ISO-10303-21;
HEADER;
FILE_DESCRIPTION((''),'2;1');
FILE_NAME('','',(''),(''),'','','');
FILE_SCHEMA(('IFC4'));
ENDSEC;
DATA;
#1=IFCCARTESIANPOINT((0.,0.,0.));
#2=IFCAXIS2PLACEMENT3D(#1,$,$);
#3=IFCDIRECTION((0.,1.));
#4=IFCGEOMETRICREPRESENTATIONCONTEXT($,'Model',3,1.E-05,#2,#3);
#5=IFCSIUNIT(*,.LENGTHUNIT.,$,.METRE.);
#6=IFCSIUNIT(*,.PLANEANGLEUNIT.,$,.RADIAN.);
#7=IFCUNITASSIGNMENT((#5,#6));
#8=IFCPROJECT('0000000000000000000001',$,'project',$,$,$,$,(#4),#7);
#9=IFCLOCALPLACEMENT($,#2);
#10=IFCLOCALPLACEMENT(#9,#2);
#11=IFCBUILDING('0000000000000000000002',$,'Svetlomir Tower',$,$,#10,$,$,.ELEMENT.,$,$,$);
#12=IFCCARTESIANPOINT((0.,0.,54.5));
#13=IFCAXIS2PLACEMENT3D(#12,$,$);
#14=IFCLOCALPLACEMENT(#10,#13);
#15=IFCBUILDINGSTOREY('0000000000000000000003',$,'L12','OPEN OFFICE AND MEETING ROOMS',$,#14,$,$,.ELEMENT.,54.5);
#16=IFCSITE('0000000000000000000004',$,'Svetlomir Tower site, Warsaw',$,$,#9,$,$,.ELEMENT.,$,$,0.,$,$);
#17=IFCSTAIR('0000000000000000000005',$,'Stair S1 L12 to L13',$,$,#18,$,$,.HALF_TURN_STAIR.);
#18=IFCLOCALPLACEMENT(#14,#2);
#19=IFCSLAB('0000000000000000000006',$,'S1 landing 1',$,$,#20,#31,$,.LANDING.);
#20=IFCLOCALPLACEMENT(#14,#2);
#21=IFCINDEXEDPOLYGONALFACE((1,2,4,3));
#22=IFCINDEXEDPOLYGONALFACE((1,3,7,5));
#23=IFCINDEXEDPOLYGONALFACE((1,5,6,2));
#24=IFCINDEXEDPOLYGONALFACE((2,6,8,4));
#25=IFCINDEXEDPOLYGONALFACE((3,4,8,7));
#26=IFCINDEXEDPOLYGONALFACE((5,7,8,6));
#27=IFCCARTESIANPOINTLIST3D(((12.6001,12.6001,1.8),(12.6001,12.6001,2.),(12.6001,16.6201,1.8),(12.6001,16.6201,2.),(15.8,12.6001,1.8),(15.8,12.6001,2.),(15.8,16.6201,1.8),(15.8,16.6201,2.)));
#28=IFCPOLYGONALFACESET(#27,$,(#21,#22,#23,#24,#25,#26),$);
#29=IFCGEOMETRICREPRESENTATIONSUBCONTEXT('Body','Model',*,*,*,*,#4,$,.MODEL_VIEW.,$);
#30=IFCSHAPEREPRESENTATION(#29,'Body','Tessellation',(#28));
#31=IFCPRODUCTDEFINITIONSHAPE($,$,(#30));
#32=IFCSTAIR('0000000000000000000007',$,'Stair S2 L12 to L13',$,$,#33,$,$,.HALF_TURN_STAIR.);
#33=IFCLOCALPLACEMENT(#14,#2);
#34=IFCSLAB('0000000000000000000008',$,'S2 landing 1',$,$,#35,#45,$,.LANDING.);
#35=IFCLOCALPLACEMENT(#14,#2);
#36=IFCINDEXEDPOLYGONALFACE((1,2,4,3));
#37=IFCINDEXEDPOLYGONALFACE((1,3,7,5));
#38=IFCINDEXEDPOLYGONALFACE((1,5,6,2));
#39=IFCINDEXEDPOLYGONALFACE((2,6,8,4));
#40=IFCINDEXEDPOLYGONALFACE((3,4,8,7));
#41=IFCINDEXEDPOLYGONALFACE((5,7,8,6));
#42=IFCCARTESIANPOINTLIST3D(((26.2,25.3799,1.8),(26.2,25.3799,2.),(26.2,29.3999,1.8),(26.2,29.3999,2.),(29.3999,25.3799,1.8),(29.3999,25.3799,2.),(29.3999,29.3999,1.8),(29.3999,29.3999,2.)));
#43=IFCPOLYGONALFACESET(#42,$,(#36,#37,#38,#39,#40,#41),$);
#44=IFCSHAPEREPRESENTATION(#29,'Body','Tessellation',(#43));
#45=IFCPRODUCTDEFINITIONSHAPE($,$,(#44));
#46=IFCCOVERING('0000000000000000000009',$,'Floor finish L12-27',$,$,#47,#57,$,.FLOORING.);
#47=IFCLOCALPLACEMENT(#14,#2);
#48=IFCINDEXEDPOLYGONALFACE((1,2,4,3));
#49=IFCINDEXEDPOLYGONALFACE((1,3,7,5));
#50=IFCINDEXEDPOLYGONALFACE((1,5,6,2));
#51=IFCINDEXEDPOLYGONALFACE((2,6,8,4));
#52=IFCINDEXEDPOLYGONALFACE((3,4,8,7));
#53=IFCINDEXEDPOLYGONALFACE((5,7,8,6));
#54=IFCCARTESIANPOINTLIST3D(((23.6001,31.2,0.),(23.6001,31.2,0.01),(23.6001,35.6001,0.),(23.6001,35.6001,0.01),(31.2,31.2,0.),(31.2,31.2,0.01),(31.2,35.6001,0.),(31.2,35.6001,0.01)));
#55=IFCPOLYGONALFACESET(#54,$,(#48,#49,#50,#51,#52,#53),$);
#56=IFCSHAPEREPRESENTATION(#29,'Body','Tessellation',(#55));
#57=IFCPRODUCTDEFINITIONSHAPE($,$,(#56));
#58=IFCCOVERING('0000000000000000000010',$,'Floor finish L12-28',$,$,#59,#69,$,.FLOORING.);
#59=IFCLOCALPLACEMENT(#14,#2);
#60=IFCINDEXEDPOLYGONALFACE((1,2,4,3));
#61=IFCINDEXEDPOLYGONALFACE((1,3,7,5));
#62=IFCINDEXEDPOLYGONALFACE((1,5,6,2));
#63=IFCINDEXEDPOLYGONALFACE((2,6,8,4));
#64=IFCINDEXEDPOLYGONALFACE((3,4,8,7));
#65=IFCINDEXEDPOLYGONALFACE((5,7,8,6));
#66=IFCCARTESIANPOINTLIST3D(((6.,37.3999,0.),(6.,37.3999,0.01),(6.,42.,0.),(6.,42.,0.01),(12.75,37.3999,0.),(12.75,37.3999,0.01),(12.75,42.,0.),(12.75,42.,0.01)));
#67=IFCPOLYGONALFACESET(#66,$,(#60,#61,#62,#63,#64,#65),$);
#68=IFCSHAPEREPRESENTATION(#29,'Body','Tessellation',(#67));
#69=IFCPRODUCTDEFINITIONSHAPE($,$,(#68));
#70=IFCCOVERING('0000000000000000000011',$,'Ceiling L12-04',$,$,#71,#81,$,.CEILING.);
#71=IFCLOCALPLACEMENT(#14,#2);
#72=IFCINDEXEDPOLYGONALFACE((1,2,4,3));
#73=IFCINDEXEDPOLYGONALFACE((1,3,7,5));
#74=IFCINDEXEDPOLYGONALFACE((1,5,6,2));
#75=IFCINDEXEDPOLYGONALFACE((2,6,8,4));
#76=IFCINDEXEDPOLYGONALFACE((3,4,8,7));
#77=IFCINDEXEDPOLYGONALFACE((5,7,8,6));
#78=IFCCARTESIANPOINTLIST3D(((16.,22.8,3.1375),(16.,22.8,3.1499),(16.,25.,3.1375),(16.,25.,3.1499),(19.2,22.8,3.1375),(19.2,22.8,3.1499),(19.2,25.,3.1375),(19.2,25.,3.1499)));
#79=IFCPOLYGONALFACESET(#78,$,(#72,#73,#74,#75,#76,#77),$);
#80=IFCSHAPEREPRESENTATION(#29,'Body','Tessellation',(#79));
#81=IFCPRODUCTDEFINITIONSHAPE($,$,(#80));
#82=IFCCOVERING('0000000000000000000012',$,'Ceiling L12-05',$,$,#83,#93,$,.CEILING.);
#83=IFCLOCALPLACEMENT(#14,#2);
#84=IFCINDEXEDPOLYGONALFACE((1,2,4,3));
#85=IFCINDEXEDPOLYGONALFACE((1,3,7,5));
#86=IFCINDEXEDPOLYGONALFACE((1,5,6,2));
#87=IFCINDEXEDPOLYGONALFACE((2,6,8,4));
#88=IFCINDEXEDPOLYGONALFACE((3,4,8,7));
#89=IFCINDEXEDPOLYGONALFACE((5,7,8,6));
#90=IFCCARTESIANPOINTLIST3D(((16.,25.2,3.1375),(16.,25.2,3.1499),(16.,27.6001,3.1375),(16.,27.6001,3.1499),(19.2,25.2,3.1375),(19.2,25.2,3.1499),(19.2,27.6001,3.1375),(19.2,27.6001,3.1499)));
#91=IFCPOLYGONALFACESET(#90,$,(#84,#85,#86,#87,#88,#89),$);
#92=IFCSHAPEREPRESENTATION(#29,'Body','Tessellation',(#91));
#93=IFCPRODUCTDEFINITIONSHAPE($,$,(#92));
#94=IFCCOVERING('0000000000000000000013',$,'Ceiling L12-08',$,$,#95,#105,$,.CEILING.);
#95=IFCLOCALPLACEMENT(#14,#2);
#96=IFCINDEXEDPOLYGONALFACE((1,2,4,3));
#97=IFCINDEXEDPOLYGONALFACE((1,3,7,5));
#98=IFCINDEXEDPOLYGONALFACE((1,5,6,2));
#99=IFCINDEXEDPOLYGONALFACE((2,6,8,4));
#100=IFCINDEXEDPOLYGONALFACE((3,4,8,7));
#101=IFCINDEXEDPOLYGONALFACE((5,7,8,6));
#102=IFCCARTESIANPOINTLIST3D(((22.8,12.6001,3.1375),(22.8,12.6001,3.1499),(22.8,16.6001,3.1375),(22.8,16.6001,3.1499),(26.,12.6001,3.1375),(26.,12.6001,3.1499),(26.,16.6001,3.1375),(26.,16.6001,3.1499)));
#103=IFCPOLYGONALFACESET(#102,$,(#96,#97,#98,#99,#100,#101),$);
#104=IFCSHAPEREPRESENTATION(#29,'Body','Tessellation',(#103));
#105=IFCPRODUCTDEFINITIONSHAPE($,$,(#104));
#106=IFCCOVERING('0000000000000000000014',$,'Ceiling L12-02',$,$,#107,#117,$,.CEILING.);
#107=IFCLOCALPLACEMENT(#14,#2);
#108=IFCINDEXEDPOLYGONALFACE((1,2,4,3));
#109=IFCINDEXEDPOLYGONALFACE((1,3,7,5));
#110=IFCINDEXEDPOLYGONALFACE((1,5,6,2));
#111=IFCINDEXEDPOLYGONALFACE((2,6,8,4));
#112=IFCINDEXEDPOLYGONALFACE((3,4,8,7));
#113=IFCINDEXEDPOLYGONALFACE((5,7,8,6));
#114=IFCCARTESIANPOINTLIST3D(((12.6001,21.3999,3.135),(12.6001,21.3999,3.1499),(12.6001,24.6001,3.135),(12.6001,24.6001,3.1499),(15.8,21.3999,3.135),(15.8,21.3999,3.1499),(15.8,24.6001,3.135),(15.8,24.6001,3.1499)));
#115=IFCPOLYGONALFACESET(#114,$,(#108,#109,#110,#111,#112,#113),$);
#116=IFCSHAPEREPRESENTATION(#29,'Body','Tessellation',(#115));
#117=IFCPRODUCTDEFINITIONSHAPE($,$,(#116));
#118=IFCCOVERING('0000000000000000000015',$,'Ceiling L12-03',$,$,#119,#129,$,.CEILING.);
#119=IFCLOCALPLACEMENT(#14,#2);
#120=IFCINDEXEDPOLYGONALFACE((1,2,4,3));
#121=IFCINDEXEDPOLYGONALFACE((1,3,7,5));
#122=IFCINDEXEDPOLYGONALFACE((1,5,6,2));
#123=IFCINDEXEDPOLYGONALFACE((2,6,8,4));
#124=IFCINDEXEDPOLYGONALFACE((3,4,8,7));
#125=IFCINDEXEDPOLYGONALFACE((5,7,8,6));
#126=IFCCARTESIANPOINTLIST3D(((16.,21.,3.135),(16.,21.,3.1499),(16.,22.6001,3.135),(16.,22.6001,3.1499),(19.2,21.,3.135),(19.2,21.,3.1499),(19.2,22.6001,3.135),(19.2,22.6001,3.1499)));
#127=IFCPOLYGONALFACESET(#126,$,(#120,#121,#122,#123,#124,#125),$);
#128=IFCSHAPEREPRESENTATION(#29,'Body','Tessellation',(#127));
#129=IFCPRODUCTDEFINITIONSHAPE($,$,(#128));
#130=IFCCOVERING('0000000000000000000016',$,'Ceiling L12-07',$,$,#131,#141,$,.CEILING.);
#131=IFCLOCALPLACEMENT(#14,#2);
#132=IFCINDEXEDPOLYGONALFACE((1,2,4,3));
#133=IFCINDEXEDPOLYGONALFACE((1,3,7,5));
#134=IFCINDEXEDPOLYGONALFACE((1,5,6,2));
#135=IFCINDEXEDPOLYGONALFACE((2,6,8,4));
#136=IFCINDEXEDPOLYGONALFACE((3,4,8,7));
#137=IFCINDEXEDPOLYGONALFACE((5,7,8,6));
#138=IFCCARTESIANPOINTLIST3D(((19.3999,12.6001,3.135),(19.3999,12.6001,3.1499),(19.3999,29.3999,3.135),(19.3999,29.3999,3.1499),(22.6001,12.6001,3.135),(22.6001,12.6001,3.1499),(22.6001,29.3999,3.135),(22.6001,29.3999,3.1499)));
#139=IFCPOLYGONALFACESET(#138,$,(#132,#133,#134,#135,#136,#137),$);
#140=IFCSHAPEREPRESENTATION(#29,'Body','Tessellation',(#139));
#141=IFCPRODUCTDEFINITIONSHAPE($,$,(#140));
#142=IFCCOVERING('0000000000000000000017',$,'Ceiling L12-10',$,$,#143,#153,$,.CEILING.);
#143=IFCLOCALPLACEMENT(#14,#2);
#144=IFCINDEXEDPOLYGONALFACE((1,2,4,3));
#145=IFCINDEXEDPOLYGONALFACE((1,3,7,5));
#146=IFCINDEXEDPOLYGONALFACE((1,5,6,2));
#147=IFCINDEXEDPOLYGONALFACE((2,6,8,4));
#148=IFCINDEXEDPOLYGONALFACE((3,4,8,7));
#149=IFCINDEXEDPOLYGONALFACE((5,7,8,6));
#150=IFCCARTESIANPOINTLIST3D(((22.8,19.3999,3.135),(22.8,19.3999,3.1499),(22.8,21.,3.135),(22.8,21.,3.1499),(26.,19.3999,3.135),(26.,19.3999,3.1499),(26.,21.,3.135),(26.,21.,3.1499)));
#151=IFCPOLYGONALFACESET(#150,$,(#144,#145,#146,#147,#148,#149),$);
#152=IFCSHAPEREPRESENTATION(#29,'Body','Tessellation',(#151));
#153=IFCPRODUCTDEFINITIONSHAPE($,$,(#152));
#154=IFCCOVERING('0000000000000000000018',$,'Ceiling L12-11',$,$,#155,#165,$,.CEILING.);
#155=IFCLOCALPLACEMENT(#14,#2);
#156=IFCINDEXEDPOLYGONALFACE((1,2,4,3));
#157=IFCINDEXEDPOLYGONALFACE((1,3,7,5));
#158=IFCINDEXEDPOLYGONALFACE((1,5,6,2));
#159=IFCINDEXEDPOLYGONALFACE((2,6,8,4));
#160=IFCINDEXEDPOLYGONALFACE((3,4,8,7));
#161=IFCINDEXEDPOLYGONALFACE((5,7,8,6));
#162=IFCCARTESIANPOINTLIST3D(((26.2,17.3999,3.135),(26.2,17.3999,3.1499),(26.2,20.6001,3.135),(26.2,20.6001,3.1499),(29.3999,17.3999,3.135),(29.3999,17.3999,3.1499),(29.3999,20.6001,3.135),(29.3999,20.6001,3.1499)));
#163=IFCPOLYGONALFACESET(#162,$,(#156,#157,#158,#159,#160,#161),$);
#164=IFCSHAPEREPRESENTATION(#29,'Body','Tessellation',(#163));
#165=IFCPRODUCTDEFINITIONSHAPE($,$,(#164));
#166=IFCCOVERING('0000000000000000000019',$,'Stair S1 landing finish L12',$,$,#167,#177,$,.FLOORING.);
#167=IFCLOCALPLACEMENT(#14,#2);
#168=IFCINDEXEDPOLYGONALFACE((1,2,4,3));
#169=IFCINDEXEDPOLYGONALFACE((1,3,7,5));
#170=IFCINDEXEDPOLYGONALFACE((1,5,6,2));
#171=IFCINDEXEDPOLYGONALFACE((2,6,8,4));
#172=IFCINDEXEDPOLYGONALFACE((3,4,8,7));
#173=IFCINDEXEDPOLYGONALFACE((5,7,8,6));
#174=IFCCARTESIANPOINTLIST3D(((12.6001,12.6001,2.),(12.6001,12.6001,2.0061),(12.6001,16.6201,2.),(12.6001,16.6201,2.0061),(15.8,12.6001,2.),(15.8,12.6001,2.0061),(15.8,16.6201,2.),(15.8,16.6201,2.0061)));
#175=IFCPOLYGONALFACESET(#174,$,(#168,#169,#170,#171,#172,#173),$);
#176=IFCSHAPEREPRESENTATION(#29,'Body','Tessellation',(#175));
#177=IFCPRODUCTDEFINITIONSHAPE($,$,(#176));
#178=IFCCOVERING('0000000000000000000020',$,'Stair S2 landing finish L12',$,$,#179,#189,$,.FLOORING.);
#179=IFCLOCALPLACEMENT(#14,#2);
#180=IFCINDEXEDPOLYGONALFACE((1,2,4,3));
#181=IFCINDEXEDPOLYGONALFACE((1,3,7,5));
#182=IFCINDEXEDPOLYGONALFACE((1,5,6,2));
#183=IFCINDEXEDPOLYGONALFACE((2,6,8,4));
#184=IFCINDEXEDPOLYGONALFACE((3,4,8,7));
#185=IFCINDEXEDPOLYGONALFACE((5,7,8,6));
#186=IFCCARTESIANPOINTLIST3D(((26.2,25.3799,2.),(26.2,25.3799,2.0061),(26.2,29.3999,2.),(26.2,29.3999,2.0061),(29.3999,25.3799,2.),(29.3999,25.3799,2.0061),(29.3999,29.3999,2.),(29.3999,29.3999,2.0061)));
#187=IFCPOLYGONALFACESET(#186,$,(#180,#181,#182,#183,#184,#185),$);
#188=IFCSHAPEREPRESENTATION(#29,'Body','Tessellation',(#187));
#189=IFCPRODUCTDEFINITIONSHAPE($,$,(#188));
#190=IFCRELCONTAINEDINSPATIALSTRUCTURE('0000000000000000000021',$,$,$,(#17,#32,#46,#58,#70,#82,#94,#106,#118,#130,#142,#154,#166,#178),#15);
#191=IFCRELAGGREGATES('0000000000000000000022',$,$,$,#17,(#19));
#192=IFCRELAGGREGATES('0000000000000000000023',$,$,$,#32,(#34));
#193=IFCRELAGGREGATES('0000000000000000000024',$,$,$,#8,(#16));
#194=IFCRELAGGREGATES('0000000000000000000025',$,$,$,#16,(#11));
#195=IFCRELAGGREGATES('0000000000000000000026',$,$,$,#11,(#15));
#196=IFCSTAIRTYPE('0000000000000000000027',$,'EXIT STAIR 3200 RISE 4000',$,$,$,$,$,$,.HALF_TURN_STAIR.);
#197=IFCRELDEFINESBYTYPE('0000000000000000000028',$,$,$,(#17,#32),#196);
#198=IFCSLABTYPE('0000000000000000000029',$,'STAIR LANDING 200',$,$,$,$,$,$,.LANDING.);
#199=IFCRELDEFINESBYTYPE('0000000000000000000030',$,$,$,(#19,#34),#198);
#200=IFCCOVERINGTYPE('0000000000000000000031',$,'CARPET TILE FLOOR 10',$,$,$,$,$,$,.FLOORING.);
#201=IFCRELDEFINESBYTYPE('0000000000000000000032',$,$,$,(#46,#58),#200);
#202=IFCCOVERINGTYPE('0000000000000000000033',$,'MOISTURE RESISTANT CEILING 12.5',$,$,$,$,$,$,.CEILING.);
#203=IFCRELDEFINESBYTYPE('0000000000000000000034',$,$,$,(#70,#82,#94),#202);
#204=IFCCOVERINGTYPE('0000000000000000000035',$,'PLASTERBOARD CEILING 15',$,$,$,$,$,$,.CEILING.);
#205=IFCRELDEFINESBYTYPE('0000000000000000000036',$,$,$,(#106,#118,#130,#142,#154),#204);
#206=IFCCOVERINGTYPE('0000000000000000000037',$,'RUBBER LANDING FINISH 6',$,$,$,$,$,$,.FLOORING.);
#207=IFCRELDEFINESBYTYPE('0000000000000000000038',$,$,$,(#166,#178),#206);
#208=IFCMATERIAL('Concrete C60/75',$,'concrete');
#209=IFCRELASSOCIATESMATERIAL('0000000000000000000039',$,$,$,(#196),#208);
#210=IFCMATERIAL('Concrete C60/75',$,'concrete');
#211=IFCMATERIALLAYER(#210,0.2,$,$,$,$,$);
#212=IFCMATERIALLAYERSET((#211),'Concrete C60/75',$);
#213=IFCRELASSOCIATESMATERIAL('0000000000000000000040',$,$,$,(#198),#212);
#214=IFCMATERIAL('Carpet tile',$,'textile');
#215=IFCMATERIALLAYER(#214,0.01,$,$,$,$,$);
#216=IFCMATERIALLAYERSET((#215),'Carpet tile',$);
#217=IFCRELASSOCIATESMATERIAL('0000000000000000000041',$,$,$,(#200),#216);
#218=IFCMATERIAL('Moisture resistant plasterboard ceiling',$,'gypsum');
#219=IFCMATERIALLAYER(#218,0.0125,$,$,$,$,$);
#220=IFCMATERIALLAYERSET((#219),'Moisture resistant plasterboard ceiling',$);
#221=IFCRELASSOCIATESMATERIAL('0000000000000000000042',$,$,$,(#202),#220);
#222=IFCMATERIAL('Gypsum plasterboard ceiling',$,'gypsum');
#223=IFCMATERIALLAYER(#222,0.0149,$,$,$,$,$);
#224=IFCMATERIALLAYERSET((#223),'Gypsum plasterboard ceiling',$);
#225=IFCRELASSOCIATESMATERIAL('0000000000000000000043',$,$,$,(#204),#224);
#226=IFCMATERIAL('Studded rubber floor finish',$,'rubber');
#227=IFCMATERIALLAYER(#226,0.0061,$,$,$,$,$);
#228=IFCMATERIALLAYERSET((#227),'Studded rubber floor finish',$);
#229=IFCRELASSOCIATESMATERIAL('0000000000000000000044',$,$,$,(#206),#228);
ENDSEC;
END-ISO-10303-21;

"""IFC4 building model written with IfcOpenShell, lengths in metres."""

from ifc_helpers import new_model, si_unit, direction, frame, origin, place, context, subcontext, project, spatial, polyline, outline, extrude, material, layer, layer_set, type_object, element, aggregate, save


model = new_model("IFC4")

# Units and contexts
model_context = context("Model", 3, precision=1e-05, world=origin(), true_north=direction((0.0, 1.0)))
body_context = subcontext(model_context, "Body", "Model", "MODEL_VIEW")
ifc_project = project(units=[si_unit("LENGTHUNIT", "METRE"), si_unit("PLANEANGLEUNIT", "RADIAN")], contexts=[model_context])

# Site, building, storey
site_placement = place(None, origin())
site = spatial("IfcSite", under=ifc_project, at=site_placement, Name="Svetlomir Tower site, Warsaw", CompositionType="ELEMENT", RefElevation=0.0)
building_placement = place(site_placement, origin())
building = spatial("IfcBuilding", under=site, at=building_placement, Name="Svetlomir Tower", CompositionType="ELEMENT")
storey_placement = place(building_placement, frame((0.0, 0.0, 54.5)))
storey = spatial("IfcBuildingStorey", under=building, at=storey_placement, Name="L12", Description="OPEN OFFICE AND MEETING ROOMS", CompositionType="ELEMENT", Elevation=54.5)

# Stairs, slabs
ifc_material_1 = material(Name="Concrete C60/75", Category="concrete")
stair_type = type_object("IfcStairType", Name="EXIT STAIR 3200 RISE 4000", PredefinedType="HALF_TURN_STAIR", material=ifc_material_1)
stair_1_placement = place(storey_placement, origin())
stair_1 = element("IfcStair", 1, at=stair_1_placement, inside=storey, type_object=stair_type, Name="Stair S1 L12 to L13", PredefinedType="HALF_TURN_STAIR")
ifc_material_2 = material(Name="Concrete C60/75", Category="concrete")
ifc_layer_1 = layer(ifc_material_2, 0.2)
ifc_layer_set_1 = layer_set([ifc_layer_1], Name="Concrete C60/75")
slab_type = type_object("IfcSlabType", Name="STAIR LANDING 200", PredefinedType="LANDING", material=ifc_layer_set_1)
slab_1_placement = place(storey_placement, frame((0.0, 0.0, 1.8)))
slab_1 = element("IfcSlab", 2, at=slab_1_placement, type_object=slab_type, Name="S1 landing 1", PredefinedType="LANDING", context=body_context, shape_type="SweptSolid", body=[
    extrude(outline(polyline([(12.6001, 12.6001), (15.8, 12.6001), (15.8, 16.6201), (12.6001, 16.6201), (12.6001, 12.6001)])), origin(), (0.0, 0.0, 1.0), 0.2),
])
aggregate(stair_1, [slab_1])
stair_2_placement = place(storey_placement, origin())
stair_2 = element("IfcStair", 3, at=stair_2_placement, inside=storey, type_object=stair_type, Name="Stair S2 L12 to L13", PredefinedType="HALF_TURN_STAIR")
slab_2_placement = place(storey_placement, frame((0.0, 0.0, 1.8)))
slab_2 = element("IfcSlab", 4, at=slab_2_placement, type_object=slab_type, Name="S2 landing 1", PredefinedType="LANDING", context=body_context, shape_type="SweptSolid", body=[
    extrude(outline(polyline([(26.2, 25.3799), (29.3999, 25.3799), (29.3999, 29.3999), (26.2, 29.3999), (26.2, 25.3799)])), origin(), (0.0, 0.0, 1.0), 0.2),
])
aggregate(stair_2, [slab_2])

# Coverings
ifc_material_3 = material(Name="Carpet tile", Category="textile")
ifc_layer_2 = layer(ifc_material_3, 0.01)
ifc_layer_set_2 = layer_set([ifc_layer_2], Name="Carpet tile")
covering_type_1 = type_object("IfcCoveringType", Name="CARPET TILE FLOOR 10", PredefinedType="FLOORING", material=ifc_layer_set_2)
covering_1_placement = place(storey_placement, origin())
element("IfcCovering", 5, at=covering_1_placement, inside=storey, type_object=covering_type_1, Name="Floor finish L12-27", PredefinedType="FLOORING", context=body_context, shape_type="SweptSolid", body=[
    extrude(outline(polyline([(23.6001, 31.2), (31.2, 31.2), (31.2, 35.6001), (23.6001, 35.6001), (23.6001, 31.2)])), origin(), (0.0, 0.0, 1.0), 0.01),
])
covering_2_placement = place(storey_placement, origin())
element("IfcCovering", 6, at=covering_2_placement, inside=storey, type_object=covering_type_1, Name="Floor finish L12-28", PredefinedType="FLOORING", context=body_context, shape_type="SweptSolid", body=[
    extrude(outline(polyline([(6.0, 37.3999), (12.75, 37.3999), (12.75, 42.0), (6.0, 42.0), (6.0, 37.3999)])), origin(), (0.0, 0.0, 1.0), 0.01),
])
ifc_material_4 = material(Name="Moisture resistant plasterboard ceiling", Category="gypsum")
ifc_layer_3 = layer(ifc_material_4, 0.0125)
ifc_layer_set_3 = layer_set([ifc_layer_3], Name="Moisture resistant plasterboard ceiling")
covering_type_2 = type_object("IfcCoveringType", Name="MOISTURE RESISTANT CEILING 12.5", PredefinedType="CEILING", material=ifc_layer_set_3)
covering_3_placement = place(storey_placement, frame((0.0, 0.0, 3.1375)))
element("IfcCovering", 7, at=covering_3_placement, inside=storey, type_object=covering_type_2, Name="Ceiling L12-04", PredefinedType="CEILING", context=body_context, shape_type="SweptSolid", body=[
    extrude(outline(polyline([(16.0, 22.8), (19.2, 22.8), (19.2, 25.0), (16.0, 25.0), (16.0, 22.8)])), origin(), (0.0, 0.0, 1.0), 0.0125),
])
covering_4_placement = place(storey_placement, frame((0.0, 0.0, 3.1375)))
element("IfcCovering", 8, at=covering_4_placement, inside=storey, type_object=covering_type_2, Name="Ceiling L12-05", PredefinedType="CEILING", context=body_context, shape_type="SweptSolid", body=[
    extrude(outline(polyline([(16.0, 25.2), (19.2, 25.2), (19.2, 27.6001), (16.0, 27.6001), (16.0, 25.2)])), origin(), (0.0, 0.0, 1.0), 0.0125),
])
covering_5_placement = place(storey_placement, frame((0.0, 0.0, 3.1375)))
element("IfcCovering", 9, at=covering_5_placement, inside=storey, type_object=covering_type_2, Name="Ceiling L12-08", PredefinedType="CEILING", context=body_context, shape_type="SweptSolid", body=[
    extrude(outline(polyline([(22.8, 12.6001), (26.0, 12.6001), (26.0, 16.6001), (22.8, 16.6001), (22.8, 12.6001)])), origin(), (0.0, 0.0, 1.0), 0.0125),
])
ifc_material_5 = material(Name="Gypsum plasterboard ceiling", Category="gypsum")
ifc_layer_4 = layer(ifc_material_5, 0.0149)
ifc_layer_set_4 = layer_set([ifc_layer_4], Name="Gypsum plasterboard ceiling")
covering_type_3 = type_object("IfcCoveringType", Name="PLASTERBOARD CEILING 15", PredefinedType="CEILING", material=ifc_layer_set_4)
covering_6_placement = place(storey_placement, frame((0.0, 0.0, 3.135)))
element("IfcCovering", 10, at=covering_6_placement, inside=storey, type_object=covering_type_3, Name="Ceiling L12-02", PredefinedType="CEILING", context=body_context, shape_type="SweptSolid", body=[
    extrude(outline(polyline([(12.6001, 21.3999), (15.8, 21.3999), (15.8, 24.6001), (12.6001, 24.6001), (12.6001, 21.3999)])), origin(), (0.0, 0.0, 1.0), 0.0149),
])
covering_7_placement = place(storey_placement, frame((0.0, 0.0, 3.135)))
element("IfcCovering", 11, at=covering_7_placement, inside=storey, type_object=covering_type_3, Name="Ceiling L12-03", PredefinedType="CEILING", context=body_context, shape_type="SweptSolid", body=[
    extrude(outline(polyline([(16.0, 21.0), (19.2, 21.0), (19.2, 22.6001), (16.0, 22.6001), (16.0, 21.0)])), origin(), (0.0, 0.0, 1.0), 0.0149),
])
covering_8_placement = place(storey_placement, frame((0.0, 0.0, 3.135)))
element("IfcCovering", 12, at=covering_8_placement, inside=storey, type_object=covering_type_3, Name="Ceiling L12-07", PredefinedType="CEILING", context=body_context, shape_type="SweptSolid", body=[
    extrude(outline(polyline([(19.3999, 12.6001), (22.6001, 12.6001), (22.6001, 29.3999), (19.3999, 29.3999), (19.3999, 12.6001)])), origin(), (0.0, 0.0, 1.0), 0.0149),
])
covering_9_placement = place(storey_placement, frame((0.0, 0.0, 3.135)))
element("IfcCovering", 13, at=covering_9_placement, inside=storey, type_object=covering_type_3, Name="Ceiling L12-10", PredefinedType="CEILING", context=body_context, shape_type="SweptSolid", body=[
    extrude(outline(polyline([(22.8, 19.3999), (26.0, 19.3999), (26.0, 21.0), (22.8, 21.0), (22.8, 19.3999)])), origin(), (0.0, 0.0, 1.0), 0.0149),
])
covering_10_placement = place(storey_placement, frame((0.0, 0.0, 3.135)))
element("IfcCovering", 14, at=covering_10_placement, inside=storey, type_object=covering_type_3, Name="Ceiling L12-11", PredefinedType="CEILING", context=body_context, shape_type="SweptSolid", body=[
    extrude(outline(polyline([(26.2, 17.3999), (29.3999, 17.3999), (29.3999, 20.6001), (26.2, 20.6001), (26.2, 17.3999)])), origin(), (0.0, 0.0, 1.0), 0.0149),
])
ifc_material_6 = material(Name="Studded rubber floor finish", Category="rubber")
ifc_layer_5 = layer(ifc_material_6, 0.0061)
ifc_layer_set_5 = layer_set([ifc_layer_5], Name="Studded rubber floor finish")
covering_type_4 = type_object("IfcCoveringType", Name="RUBBER LANDING FINISH 6", PredefinedType="FLOORING", material=ifc_layer_set_5)
covering_11_placement = place(storey_placement, frame((0.0, 0.0, 2.0)))
element("IfcCovering", 15, at=covering_11_placement, inside=storey, type_object=covering_type_4, Name="Stair S1 landing finish L12", PredefinedType="FLOORING", context=body_context, shape_type="SweptSolid", body=[
    extrude(outline(polyline([(12.6001, 12.6001), (15.8, 12.6001), (15.8, 16.6201), (12.6001, 16.6201), (12.6001, 12.6001)])), origin(), (0.0, 0.0, 1.0), 0.0061),
])
covering_12_placement = place(storey_placement, frame((0.0, 0.0, 2.0)))
element("IfcCovering", 16, at=covering_12_placement, inside=storey, type_object=covering_type_4, Name="Stair S2 landing finish L12", PredefinedType="FLOORING", context=body_context, shape_type="SweptSolid", body=[
    extrude(outline(polyline([(26.2, 25.3799), (29.3999, 25.3799), (29.3999, 29.3999), (26.2, 29.3999), (26.2, 25.3799)])), origin(), (0.0, 0.0, 1.0), 0.0061),
])

save(model, "model.ifc")
